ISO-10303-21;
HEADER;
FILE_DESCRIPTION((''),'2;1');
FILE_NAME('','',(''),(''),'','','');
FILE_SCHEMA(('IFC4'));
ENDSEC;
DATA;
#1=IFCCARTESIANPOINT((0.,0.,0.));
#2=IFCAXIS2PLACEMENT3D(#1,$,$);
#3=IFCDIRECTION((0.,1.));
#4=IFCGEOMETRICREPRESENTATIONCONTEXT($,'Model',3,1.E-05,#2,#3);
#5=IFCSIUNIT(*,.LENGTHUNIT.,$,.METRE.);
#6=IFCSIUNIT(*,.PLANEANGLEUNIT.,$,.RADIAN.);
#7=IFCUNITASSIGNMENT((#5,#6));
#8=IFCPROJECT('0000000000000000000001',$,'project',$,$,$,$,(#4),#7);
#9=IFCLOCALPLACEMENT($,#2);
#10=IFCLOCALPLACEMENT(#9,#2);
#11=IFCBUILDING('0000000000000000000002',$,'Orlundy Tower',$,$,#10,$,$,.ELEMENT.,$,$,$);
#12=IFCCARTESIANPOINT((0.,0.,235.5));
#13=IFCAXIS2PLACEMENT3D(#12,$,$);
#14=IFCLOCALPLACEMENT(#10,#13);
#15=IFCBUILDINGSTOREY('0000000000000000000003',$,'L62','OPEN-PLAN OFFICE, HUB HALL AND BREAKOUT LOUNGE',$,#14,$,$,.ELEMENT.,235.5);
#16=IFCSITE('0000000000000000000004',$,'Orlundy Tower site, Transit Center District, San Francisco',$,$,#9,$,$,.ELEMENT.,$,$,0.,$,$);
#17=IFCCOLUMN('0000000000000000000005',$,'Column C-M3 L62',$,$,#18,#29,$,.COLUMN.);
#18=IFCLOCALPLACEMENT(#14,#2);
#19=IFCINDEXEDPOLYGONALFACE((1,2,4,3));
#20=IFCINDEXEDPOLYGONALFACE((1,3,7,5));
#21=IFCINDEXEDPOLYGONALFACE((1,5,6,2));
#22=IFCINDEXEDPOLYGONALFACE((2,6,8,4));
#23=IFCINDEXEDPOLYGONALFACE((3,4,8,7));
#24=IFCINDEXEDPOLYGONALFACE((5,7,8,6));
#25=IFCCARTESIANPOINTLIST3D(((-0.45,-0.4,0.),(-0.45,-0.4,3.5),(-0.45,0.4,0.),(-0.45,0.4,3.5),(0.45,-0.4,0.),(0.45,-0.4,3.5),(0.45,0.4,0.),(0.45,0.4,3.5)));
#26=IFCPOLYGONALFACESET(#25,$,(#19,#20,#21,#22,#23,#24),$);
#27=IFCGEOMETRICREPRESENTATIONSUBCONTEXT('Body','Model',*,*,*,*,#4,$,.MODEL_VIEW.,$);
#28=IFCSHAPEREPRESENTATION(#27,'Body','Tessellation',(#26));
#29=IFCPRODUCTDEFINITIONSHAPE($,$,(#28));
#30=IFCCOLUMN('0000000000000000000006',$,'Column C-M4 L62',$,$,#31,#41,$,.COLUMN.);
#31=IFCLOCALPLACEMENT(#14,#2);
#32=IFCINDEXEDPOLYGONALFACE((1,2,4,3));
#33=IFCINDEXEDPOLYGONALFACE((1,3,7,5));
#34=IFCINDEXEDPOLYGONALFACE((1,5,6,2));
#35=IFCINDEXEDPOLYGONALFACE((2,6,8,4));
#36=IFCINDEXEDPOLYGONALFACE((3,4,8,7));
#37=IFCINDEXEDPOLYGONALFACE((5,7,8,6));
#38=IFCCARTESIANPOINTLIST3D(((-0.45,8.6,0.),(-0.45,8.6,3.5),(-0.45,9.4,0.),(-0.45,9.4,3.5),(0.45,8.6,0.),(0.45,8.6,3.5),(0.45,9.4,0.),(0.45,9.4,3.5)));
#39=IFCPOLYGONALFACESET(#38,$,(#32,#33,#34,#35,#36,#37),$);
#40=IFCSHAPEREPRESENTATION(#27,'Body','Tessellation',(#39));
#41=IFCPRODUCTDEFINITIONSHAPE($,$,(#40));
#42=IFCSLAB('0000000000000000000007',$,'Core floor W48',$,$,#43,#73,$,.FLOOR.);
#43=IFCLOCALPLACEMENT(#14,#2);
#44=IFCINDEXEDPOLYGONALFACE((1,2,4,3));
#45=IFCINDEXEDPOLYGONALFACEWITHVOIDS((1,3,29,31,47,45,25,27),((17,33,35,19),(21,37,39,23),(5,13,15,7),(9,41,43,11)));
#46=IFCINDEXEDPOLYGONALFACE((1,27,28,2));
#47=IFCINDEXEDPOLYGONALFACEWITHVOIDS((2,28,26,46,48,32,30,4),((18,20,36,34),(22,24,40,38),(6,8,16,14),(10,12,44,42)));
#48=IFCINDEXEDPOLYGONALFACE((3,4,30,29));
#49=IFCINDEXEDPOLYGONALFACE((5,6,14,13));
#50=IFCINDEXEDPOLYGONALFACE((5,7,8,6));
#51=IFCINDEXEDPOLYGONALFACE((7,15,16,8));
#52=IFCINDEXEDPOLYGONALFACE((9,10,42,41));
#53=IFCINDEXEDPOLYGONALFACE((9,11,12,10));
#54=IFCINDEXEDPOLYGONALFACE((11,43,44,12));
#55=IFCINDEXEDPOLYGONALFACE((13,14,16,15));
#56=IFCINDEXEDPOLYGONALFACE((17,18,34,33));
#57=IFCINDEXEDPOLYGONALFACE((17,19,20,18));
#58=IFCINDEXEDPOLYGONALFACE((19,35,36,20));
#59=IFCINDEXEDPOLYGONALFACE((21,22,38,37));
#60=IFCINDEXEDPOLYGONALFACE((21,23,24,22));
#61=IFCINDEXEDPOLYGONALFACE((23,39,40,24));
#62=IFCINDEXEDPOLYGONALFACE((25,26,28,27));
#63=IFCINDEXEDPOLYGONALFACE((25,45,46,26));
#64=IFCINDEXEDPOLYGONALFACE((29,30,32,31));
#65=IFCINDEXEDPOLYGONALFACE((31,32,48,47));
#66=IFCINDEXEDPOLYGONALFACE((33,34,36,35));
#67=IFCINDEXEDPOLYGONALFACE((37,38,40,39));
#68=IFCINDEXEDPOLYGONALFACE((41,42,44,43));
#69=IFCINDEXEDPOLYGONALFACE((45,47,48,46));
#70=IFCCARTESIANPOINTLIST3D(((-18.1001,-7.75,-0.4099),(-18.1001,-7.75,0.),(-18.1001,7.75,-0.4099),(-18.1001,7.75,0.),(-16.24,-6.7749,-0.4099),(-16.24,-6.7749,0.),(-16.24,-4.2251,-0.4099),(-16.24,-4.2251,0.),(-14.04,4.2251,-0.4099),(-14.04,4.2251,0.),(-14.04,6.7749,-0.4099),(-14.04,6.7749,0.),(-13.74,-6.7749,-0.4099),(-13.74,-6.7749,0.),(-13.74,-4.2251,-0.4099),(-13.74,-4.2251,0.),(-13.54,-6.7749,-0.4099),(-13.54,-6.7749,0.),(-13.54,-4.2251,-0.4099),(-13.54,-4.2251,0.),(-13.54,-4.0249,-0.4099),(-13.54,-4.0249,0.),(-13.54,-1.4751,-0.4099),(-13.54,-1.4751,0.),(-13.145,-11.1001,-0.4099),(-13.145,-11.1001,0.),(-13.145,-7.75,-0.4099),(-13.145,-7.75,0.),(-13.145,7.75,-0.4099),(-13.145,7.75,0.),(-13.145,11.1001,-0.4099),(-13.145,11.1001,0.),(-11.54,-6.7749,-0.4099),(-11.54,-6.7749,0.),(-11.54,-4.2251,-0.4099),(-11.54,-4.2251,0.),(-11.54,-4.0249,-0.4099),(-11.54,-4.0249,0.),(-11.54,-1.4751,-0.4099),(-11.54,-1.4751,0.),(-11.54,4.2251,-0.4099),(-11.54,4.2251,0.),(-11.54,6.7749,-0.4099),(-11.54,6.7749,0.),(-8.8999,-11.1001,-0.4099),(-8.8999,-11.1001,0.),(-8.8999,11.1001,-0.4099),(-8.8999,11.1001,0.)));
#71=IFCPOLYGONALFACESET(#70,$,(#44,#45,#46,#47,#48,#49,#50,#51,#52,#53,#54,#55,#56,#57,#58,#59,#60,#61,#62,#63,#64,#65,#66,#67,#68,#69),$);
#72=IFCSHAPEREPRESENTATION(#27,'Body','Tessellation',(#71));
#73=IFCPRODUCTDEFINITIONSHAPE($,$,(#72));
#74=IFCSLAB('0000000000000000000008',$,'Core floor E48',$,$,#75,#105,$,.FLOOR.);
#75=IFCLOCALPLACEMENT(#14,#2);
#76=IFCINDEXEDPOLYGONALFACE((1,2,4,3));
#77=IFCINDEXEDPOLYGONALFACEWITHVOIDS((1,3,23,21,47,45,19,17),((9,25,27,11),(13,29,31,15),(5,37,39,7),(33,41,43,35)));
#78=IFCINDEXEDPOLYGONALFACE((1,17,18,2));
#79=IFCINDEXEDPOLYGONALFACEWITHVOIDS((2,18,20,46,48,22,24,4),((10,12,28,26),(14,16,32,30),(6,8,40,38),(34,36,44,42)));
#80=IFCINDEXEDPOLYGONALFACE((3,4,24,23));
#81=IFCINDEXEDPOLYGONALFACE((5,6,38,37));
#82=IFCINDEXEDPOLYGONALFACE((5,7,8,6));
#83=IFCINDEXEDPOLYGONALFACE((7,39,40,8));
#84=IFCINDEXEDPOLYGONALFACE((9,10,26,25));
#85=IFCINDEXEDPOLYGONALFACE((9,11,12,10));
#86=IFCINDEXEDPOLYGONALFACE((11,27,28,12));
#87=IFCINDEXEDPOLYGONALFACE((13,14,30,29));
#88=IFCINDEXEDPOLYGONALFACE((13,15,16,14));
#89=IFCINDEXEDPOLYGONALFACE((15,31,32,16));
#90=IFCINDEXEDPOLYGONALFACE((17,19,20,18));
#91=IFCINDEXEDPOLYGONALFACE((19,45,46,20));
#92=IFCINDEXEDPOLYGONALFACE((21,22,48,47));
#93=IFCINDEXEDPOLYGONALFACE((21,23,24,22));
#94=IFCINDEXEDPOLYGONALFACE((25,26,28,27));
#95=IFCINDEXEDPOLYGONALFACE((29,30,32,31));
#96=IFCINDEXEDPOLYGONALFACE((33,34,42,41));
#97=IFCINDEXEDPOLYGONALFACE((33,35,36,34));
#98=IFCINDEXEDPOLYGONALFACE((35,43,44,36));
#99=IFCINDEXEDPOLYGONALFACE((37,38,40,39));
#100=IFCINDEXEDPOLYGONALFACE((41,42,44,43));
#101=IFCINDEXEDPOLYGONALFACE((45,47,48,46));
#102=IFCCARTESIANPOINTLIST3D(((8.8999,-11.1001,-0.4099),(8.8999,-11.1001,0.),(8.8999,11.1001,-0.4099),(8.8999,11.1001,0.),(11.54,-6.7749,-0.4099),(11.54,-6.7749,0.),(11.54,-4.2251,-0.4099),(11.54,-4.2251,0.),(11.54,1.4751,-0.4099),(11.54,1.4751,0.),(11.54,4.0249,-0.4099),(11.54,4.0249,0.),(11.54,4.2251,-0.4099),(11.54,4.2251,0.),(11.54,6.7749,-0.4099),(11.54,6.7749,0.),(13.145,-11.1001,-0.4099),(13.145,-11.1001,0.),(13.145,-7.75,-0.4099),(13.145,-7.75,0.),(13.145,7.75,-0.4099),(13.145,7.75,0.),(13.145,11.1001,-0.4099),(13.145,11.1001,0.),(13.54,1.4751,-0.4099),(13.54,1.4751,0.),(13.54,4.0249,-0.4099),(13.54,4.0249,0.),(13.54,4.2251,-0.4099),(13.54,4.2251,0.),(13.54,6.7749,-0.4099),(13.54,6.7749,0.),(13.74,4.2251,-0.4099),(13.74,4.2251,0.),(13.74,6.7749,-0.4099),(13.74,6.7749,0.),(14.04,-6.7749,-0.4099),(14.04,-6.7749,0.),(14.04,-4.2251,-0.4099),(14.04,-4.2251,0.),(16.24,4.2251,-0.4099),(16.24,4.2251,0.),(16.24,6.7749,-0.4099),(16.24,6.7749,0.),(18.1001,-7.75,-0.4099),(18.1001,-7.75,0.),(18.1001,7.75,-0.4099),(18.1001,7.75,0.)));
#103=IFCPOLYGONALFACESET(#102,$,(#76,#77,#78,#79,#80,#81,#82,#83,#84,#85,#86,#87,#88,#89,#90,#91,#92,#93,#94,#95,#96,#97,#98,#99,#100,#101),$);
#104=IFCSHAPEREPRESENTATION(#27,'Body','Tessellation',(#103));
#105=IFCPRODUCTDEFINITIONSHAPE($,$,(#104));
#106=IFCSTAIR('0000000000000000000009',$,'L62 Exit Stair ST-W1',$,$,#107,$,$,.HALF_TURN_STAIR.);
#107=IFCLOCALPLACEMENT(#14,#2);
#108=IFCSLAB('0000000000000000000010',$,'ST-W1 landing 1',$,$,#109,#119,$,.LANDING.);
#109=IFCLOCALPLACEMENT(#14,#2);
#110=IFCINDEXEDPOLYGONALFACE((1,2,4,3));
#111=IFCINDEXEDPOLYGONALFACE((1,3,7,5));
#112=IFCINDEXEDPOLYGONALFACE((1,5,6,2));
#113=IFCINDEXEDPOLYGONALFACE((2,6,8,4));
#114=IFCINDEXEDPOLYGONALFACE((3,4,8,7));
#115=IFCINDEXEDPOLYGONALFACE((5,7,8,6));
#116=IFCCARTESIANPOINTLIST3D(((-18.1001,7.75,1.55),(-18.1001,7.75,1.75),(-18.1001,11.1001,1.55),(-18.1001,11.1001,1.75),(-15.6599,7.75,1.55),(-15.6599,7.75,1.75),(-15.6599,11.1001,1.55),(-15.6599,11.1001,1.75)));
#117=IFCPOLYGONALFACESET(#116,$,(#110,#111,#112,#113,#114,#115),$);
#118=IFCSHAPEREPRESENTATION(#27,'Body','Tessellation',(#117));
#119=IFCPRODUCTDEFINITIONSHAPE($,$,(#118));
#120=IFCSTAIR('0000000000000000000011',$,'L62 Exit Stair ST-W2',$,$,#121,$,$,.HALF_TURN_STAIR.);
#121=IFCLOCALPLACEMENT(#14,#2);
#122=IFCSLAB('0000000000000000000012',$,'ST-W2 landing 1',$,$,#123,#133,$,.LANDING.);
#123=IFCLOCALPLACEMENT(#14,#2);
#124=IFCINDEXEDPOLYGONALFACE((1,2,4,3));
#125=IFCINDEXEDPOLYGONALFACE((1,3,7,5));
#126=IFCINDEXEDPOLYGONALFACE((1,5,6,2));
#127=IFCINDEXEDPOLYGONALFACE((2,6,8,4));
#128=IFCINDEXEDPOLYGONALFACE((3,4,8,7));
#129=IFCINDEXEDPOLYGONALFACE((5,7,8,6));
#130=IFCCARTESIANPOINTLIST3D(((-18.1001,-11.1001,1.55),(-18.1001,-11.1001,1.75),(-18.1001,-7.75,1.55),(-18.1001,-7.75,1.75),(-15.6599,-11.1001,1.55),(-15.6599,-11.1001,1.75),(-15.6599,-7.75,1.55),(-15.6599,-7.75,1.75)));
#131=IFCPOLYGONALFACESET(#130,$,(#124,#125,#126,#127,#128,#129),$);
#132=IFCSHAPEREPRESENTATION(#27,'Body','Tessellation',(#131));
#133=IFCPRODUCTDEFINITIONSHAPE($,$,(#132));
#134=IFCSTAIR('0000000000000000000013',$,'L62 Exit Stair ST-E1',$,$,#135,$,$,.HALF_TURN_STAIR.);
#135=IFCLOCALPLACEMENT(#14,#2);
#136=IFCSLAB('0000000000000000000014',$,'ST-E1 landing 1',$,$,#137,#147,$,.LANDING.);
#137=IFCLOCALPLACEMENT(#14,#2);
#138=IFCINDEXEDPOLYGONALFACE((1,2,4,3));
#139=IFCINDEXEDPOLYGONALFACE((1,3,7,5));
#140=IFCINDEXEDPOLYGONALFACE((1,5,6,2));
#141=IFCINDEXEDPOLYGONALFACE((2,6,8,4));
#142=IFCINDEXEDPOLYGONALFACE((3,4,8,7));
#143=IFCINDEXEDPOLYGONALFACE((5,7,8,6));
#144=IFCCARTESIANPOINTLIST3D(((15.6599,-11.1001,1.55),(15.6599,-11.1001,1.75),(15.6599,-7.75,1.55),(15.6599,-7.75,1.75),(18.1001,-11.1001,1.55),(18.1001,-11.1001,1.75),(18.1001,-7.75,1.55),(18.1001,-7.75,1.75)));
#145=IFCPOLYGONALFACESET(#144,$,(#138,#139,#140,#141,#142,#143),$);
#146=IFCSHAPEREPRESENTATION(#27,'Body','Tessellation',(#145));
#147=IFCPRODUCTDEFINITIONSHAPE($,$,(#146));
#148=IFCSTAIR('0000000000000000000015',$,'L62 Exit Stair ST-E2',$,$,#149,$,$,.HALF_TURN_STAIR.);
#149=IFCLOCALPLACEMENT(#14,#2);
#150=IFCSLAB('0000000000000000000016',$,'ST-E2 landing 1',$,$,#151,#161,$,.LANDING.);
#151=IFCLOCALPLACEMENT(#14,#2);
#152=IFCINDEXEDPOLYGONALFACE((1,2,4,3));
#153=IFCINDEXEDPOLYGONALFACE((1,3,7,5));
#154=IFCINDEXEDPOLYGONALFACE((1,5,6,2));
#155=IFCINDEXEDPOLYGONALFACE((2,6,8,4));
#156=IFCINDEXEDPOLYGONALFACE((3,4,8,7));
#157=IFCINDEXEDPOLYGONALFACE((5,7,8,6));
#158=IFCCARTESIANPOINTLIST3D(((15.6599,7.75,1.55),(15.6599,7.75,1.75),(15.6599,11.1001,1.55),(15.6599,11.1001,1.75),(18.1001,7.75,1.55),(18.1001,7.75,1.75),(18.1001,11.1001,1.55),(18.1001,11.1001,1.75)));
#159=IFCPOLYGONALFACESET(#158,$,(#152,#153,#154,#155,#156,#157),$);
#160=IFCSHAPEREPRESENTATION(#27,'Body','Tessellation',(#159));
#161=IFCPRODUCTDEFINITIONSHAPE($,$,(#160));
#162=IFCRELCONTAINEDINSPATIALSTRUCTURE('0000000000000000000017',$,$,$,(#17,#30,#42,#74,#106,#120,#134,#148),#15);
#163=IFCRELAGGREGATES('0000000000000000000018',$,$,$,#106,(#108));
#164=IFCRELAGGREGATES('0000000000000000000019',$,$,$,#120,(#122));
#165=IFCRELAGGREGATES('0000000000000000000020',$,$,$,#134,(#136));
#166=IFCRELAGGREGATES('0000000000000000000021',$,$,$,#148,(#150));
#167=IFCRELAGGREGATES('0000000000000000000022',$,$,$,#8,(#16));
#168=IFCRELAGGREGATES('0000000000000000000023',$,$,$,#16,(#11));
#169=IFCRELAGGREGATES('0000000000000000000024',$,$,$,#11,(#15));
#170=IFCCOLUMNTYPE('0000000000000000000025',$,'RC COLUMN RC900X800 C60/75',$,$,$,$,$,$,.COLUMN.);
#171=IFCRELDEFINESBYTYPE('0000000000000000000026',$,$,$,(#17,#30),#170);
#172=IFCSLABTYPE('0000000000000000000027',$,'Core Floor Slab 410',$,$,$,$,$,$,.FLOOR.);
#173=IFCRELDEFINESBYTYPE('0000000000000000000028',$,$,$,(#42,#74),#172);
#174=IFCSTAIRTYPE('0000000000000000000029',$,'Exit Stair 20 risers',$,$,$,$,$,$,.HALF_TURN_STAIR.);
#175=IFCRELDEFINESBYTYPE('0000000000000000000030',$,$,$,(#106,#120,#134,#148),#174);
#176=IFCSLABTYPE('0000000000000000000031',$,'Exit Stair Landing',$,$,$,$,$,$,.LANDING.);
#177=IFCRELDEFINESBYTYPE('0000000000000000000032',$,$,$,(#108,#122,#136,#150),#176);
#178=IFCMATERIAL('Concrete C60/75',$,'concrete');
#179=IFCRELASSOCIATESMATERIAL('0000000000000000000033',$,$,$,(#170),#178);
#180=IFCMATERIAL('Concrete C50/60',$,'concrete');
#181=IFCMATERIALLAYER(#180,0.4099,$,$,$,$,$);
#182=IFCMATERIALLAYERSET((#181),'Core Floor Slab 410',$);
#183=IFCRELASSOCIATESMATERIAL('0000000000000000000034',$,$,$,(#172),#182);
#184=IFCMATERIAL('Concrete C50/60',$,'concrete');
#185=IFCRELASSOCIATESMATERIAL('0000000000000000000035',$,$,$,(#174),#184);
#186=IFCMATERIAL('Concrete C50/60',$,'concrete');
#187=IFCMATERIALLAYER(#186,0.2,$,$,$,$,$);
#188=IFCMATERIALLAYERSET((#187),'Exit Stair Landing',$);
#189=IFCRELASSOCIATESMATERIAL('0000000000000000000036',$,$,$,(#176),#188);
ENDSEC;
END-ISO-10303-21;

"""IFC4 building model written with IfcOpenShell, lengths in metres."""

from ifc_helpers import new_model, si_unit, direction, frame, origin, origin_2d, place, context, subcontext, project, spatial, polyline, rectangle, outline, extrude, material, layer, layer_set, material_profile, profile_set, type_object, element, aggregate, save


model = new_model("IFC4")

# Units and contexts
model_context = context("Model", 3, precision=1e-05, world=origin(), true_north=direction((0.0, 1.0)))
body_context = subcontext(model_context, "Body", "Model", "MODEL_VIEW")
ifc_project = project(units=[si_unit("LENGTHUNIT", "METRE"), si_unit("PLANEANGLEUNIT", "RADIAN")], contexts=[model_context])

# Site, building, storey
site_placement = place(None, origin())
site = spatial("IfcSite", under=ifc_project, at=site_placement, Name="Orlundy Tower site, Transit Center District, San Francisco", CompositionType="ELEMENT", RefElevation=0.0)
building_placement = place(site_placement, origin())
building = spatial("IfcBuilding", under=site, at=building_placement, Name="Orlundy Tower", CompositionType="ELEMENT")
storey_placement = place(building_placement, frame((0.0, 0.0, 235.5)))
storey = spatial("IfcBuildingStorey", under=building, at=storey_placement, Name="L62", Description="OPEN-PLAN OFFICE, HUB HALL AND BREAKOUT LOUNGE", CompositionType="ELEMENT", Elevation=235.5)

# Columns
ifc_material_1 = material(Name="Concrete C60/75", Category="concrete")
ifc_material_profile = material_profile(ifc_material_1, rectangle(XDim=0.8999, YDim=0.8, at=origin_2d()), Name="RC900X800")
ifc_profile_set = profile_set([ifc_material_profile], Name="Concrete C60/75")
column_type = type_object("IfcColumnType", Name="RC COLUMN RC900X800 C60/75", PredefinedType="COLUMN", material=ifc_profile_set)
for number, where, z_axis, x_axis, name in (
    (1, (0.0, 0.0, 0.0), (0.0, 0.0, 1.0), (1.0, 0.0, 0.0), "Column C-M3 L62"),
    (2, (0.0, 9.0, 0.0), (0.0, 0.0, 1.0), (1.0, 0.0, 0.0), "Column C-M4 L62"),
):
    element("IfcColumn", number, at=place(storey_placement, frame(where, z_axis=z_axis, x_axis=x_axis)), inside=storey, type_object=column_type, Name=name, PredefinedType="COLUMN", context=body_context, shape_type="SweptSolid", body=[
        extrude(rectangle(XDim=0.8999, YDim=0.8, at=origin_2d()), origin(), (0.0, 0.0, 1.0), 3.5),
    ])

# Slabs
ifc_material_2 = material(Name="Concrete C50/60", Category="concrete")
ifc_layer_1 = layer(ifc_material_2, 0.4099)
ifc_layer_set_1 = layer_set([ifc_layer_1], Name="Core Floor Slab 410")
slab_type_1 = type_object("IfcSlabType", Name="Core Floor Slab 410", PredefinedType="FLOOR", material=ifc_layer_set_1)
slab_1_placement = place(storey_placement, frame((0.0, 0.0, -0.4099)))
element("IfcSlab", 3, at=slab_1_placement, inside=storey, type_object=slab_type_1, Name="Core floor W48", PredefinedType="FLOOR", context=body_context, shape_type="SweptSolid", body=[
    extrude(outline(polyline([(-18.1001, 7.75), (-13.145, 7.75), (-13.145, 11.1001), (-8.8999, 11.1001), (-8.8999, -11.1001), (-13.145, -11.1001), (-13.145, -7.75), (-18.1001, -7.75), (-18.1001, 7.75)]), holes=[polyline([(-13.54, -4.2251), (-13.54, -6.7749), (-11.54, -6.7749), (-11.54, -4.2251), (-13.54, -4.2251)]), polyline([(-13.74, -4.2251), (-16.24, -4.2251), (-16.24, -6.7749), (-13.74, -6.7749), (-13.74, -4.2251)]), polyline([(-11.54, -4.0249), (-11.54, -1.4751), (-13.54, -1.4751), (-13.54, -4.0249), (-11.54, -4.0249)]), polyline([(-14.04, 4.2251), (-11.54, 4.2251), (-11.54, 6.7749), (-14.04, 6.7749), (-14.04, 4.2251)])]), origin(), (0.0, 0.0, 1.0), 0.4099),
])
slab_2_placement = place(storey_placement, frame((0.0, 0.0, -0.4099)))
element("IfcSlab", 4, at=slab_2_placement, inside=storey, type_object=slab_type_1, Name="Core floor E48", PredefinedType="FLOOR", context=body_context, shape_type="SweptSolid", body=[
    extrude(outline(polyline([(18.1001, -7.75), (13.145, -7.75), (13.145, -11.1001), (8.8999, -11.1001), (8.8999, 11.1001), (13.145, 11.1001), (13.145, 7.75), (18.1001, 7.75), (18.1001, -7.75)]), holes=[polyline([(13.54, 4.2251), (13.54, 6.7749), (11.54, 6.7749), (11.54, 4.2251), (13.54, 4.2251)]), polyline([(13.74, 4.2251), (16.24, 4.2251), (16.24, 6.7749), (13.74, 6.7749), (13.74, 4.2251)]), polyline([(11.54, 4.0249), (11.54, 1.4751), (13.54, 1.4751), (13.54, 4.0249), (11.54, 4.0249)]), polyline([(14.04, -4.2251), (11.54, -4.2251), (11.54, -6.7749), (14.04, -6.7749), (14.04, -4.2251)])]), origin(), (0.0, 0.0, 1.0), 0.4099),
])

# Stairs, slabs
ifc_material_3 = material(Name="Concrete C50/60", Category="concrete")
stair_type = type_object("IfcStairType", Name="Exit Stair 20 risers", PredefinedType="HALF_TURN_STAIR", material=ifc_material_3)
stair_1_placement = place(storey_placement, origin())
stair_1 = element("IfcStair", 5, at=stair_1_placement, inside=storey, type_object=stair_type, Name="L62 Exit Stair ST-W1", PredefinedType="HALF_TURN_STAIR")
ifc_material_4 = material(Name="Concrete C50/60", Category="concrete")
ifc_layer_2 = layer(ifc_material_4, 0.2)
ifc_layer_set_2 = layer_set([ifc_layer_2], Name="Exit Stair Landing")
slab_type_2 = type_object("IfcSlabType", Name="Exit Stair Landing", PredefinedType="LANDING", material=ifc_layer_set_2)
slab_3_placement = place(storey_placement, frame((0.0, 0.0, 1.55)))
slab_3 = element("IfcSlab", 6, at=slab_3_placement, type_object=slab_type_2, Name="ST-W1 landing 1", PredefinedType="LANDING", context=body_context, shape_type="SweptSolid", body=[
    extrude(outline(polyline([(-15.6599, 11.1001), (-18.1001, 11.1001), (-18.1001, 7.75), (-15.6599, 7.75), (-15.6599, 11.1001)])), origin(), (0.0, 0.0, 1.0), 0.2),
])
aggregate(stair_1, [slab_3])
stair_2_placement = place(storey_placement, origin())
stair_2 = element("IfcStair", 7, at=stair_2_placement, inside=storey, type_object=stair_type, Name="L62 Exit Stair ST-W2", PredefinedType="HALF_TURN_STAIR")
slab_4_placement = place(storey_placement, frame((0.0, 0.0, 1.55)))
slab_4 = element("IfcSlab", 8, at=slab_4_placement, type_object=slab_type_2, Name="ST-W2 landing 1", PredefinedType="LANDING", context=body_context, shape_type="SweptSolid", body=[
    extrude(outline(polyline([(-15.6599, -7.75), (-18.1001, -7.75), (-18.1001, -11.1001), (-15.6599, -11.1001), (-15.6599, -7.75)])), origin(), (0.0, 0.0, 1.0), 0.2),
])
aggregate(stair_2, [slab_4])
stair_3_placement = place(storey_placement, origin())
stair_3 = element("IfcStair", 9, at=stair_3_placement, inside=storey, type_object=stair_type, Name="L62 Exit Stair ST-E1", PredefinedType="HALF_TURN_STAIR")
slab_5_placement = place(storey_placement, frame((0.0, 0.0, 1.55)))
slab_5 = element("IfcSlab", 10, at=slab_5_placement, type_object=slab_type_2, Name="ST-E1 landing 1", PredefinedType="LANDING", context=body_context, shape_type="SweptSolid", body=[
    extrude(outline(polyline([(15.6599, -11.1001), (18.1001, -11.1001), (18.1001, -7.75), (15.6599, -7.75), (15.6599, -11.1001)])), origin(), (0.0, 0.0, 1.0), 0.2),
])
aggregate(stair_3, [slab_5])
stair_4_placement = place(storey_placement, origin())
stair_4 = element("IfcStair", 11, at=stair_4_placement, inside=storey, type_object=stair_type, Name="L62 Exit Stair ST-E2", PredefinedType="HALF_TURN_STAIR")
slab_6_placement = place(storey_placement, frame((0.0, 0.0, 1.55)))
slab_6 = element("IfcSlab", 12, at=slab_6_placement, type_object=slab_type_2, Name="ST-E2 landing 1", PredefinedType="LANDING", context=body_context, shape_type="SweptSolid", body=[
    extrude(outline(polyline([(15.6599, 7.75), (18.1001, 7.75), (18.1001, 11.1001), (15.6599, 11.1001), (15.6599, 7.75)])), origin(), (0.0, 0.0, 1.0), 0.2),
])
aggregate(stair_4, [slab_6])

save(model, "model.ifc")
